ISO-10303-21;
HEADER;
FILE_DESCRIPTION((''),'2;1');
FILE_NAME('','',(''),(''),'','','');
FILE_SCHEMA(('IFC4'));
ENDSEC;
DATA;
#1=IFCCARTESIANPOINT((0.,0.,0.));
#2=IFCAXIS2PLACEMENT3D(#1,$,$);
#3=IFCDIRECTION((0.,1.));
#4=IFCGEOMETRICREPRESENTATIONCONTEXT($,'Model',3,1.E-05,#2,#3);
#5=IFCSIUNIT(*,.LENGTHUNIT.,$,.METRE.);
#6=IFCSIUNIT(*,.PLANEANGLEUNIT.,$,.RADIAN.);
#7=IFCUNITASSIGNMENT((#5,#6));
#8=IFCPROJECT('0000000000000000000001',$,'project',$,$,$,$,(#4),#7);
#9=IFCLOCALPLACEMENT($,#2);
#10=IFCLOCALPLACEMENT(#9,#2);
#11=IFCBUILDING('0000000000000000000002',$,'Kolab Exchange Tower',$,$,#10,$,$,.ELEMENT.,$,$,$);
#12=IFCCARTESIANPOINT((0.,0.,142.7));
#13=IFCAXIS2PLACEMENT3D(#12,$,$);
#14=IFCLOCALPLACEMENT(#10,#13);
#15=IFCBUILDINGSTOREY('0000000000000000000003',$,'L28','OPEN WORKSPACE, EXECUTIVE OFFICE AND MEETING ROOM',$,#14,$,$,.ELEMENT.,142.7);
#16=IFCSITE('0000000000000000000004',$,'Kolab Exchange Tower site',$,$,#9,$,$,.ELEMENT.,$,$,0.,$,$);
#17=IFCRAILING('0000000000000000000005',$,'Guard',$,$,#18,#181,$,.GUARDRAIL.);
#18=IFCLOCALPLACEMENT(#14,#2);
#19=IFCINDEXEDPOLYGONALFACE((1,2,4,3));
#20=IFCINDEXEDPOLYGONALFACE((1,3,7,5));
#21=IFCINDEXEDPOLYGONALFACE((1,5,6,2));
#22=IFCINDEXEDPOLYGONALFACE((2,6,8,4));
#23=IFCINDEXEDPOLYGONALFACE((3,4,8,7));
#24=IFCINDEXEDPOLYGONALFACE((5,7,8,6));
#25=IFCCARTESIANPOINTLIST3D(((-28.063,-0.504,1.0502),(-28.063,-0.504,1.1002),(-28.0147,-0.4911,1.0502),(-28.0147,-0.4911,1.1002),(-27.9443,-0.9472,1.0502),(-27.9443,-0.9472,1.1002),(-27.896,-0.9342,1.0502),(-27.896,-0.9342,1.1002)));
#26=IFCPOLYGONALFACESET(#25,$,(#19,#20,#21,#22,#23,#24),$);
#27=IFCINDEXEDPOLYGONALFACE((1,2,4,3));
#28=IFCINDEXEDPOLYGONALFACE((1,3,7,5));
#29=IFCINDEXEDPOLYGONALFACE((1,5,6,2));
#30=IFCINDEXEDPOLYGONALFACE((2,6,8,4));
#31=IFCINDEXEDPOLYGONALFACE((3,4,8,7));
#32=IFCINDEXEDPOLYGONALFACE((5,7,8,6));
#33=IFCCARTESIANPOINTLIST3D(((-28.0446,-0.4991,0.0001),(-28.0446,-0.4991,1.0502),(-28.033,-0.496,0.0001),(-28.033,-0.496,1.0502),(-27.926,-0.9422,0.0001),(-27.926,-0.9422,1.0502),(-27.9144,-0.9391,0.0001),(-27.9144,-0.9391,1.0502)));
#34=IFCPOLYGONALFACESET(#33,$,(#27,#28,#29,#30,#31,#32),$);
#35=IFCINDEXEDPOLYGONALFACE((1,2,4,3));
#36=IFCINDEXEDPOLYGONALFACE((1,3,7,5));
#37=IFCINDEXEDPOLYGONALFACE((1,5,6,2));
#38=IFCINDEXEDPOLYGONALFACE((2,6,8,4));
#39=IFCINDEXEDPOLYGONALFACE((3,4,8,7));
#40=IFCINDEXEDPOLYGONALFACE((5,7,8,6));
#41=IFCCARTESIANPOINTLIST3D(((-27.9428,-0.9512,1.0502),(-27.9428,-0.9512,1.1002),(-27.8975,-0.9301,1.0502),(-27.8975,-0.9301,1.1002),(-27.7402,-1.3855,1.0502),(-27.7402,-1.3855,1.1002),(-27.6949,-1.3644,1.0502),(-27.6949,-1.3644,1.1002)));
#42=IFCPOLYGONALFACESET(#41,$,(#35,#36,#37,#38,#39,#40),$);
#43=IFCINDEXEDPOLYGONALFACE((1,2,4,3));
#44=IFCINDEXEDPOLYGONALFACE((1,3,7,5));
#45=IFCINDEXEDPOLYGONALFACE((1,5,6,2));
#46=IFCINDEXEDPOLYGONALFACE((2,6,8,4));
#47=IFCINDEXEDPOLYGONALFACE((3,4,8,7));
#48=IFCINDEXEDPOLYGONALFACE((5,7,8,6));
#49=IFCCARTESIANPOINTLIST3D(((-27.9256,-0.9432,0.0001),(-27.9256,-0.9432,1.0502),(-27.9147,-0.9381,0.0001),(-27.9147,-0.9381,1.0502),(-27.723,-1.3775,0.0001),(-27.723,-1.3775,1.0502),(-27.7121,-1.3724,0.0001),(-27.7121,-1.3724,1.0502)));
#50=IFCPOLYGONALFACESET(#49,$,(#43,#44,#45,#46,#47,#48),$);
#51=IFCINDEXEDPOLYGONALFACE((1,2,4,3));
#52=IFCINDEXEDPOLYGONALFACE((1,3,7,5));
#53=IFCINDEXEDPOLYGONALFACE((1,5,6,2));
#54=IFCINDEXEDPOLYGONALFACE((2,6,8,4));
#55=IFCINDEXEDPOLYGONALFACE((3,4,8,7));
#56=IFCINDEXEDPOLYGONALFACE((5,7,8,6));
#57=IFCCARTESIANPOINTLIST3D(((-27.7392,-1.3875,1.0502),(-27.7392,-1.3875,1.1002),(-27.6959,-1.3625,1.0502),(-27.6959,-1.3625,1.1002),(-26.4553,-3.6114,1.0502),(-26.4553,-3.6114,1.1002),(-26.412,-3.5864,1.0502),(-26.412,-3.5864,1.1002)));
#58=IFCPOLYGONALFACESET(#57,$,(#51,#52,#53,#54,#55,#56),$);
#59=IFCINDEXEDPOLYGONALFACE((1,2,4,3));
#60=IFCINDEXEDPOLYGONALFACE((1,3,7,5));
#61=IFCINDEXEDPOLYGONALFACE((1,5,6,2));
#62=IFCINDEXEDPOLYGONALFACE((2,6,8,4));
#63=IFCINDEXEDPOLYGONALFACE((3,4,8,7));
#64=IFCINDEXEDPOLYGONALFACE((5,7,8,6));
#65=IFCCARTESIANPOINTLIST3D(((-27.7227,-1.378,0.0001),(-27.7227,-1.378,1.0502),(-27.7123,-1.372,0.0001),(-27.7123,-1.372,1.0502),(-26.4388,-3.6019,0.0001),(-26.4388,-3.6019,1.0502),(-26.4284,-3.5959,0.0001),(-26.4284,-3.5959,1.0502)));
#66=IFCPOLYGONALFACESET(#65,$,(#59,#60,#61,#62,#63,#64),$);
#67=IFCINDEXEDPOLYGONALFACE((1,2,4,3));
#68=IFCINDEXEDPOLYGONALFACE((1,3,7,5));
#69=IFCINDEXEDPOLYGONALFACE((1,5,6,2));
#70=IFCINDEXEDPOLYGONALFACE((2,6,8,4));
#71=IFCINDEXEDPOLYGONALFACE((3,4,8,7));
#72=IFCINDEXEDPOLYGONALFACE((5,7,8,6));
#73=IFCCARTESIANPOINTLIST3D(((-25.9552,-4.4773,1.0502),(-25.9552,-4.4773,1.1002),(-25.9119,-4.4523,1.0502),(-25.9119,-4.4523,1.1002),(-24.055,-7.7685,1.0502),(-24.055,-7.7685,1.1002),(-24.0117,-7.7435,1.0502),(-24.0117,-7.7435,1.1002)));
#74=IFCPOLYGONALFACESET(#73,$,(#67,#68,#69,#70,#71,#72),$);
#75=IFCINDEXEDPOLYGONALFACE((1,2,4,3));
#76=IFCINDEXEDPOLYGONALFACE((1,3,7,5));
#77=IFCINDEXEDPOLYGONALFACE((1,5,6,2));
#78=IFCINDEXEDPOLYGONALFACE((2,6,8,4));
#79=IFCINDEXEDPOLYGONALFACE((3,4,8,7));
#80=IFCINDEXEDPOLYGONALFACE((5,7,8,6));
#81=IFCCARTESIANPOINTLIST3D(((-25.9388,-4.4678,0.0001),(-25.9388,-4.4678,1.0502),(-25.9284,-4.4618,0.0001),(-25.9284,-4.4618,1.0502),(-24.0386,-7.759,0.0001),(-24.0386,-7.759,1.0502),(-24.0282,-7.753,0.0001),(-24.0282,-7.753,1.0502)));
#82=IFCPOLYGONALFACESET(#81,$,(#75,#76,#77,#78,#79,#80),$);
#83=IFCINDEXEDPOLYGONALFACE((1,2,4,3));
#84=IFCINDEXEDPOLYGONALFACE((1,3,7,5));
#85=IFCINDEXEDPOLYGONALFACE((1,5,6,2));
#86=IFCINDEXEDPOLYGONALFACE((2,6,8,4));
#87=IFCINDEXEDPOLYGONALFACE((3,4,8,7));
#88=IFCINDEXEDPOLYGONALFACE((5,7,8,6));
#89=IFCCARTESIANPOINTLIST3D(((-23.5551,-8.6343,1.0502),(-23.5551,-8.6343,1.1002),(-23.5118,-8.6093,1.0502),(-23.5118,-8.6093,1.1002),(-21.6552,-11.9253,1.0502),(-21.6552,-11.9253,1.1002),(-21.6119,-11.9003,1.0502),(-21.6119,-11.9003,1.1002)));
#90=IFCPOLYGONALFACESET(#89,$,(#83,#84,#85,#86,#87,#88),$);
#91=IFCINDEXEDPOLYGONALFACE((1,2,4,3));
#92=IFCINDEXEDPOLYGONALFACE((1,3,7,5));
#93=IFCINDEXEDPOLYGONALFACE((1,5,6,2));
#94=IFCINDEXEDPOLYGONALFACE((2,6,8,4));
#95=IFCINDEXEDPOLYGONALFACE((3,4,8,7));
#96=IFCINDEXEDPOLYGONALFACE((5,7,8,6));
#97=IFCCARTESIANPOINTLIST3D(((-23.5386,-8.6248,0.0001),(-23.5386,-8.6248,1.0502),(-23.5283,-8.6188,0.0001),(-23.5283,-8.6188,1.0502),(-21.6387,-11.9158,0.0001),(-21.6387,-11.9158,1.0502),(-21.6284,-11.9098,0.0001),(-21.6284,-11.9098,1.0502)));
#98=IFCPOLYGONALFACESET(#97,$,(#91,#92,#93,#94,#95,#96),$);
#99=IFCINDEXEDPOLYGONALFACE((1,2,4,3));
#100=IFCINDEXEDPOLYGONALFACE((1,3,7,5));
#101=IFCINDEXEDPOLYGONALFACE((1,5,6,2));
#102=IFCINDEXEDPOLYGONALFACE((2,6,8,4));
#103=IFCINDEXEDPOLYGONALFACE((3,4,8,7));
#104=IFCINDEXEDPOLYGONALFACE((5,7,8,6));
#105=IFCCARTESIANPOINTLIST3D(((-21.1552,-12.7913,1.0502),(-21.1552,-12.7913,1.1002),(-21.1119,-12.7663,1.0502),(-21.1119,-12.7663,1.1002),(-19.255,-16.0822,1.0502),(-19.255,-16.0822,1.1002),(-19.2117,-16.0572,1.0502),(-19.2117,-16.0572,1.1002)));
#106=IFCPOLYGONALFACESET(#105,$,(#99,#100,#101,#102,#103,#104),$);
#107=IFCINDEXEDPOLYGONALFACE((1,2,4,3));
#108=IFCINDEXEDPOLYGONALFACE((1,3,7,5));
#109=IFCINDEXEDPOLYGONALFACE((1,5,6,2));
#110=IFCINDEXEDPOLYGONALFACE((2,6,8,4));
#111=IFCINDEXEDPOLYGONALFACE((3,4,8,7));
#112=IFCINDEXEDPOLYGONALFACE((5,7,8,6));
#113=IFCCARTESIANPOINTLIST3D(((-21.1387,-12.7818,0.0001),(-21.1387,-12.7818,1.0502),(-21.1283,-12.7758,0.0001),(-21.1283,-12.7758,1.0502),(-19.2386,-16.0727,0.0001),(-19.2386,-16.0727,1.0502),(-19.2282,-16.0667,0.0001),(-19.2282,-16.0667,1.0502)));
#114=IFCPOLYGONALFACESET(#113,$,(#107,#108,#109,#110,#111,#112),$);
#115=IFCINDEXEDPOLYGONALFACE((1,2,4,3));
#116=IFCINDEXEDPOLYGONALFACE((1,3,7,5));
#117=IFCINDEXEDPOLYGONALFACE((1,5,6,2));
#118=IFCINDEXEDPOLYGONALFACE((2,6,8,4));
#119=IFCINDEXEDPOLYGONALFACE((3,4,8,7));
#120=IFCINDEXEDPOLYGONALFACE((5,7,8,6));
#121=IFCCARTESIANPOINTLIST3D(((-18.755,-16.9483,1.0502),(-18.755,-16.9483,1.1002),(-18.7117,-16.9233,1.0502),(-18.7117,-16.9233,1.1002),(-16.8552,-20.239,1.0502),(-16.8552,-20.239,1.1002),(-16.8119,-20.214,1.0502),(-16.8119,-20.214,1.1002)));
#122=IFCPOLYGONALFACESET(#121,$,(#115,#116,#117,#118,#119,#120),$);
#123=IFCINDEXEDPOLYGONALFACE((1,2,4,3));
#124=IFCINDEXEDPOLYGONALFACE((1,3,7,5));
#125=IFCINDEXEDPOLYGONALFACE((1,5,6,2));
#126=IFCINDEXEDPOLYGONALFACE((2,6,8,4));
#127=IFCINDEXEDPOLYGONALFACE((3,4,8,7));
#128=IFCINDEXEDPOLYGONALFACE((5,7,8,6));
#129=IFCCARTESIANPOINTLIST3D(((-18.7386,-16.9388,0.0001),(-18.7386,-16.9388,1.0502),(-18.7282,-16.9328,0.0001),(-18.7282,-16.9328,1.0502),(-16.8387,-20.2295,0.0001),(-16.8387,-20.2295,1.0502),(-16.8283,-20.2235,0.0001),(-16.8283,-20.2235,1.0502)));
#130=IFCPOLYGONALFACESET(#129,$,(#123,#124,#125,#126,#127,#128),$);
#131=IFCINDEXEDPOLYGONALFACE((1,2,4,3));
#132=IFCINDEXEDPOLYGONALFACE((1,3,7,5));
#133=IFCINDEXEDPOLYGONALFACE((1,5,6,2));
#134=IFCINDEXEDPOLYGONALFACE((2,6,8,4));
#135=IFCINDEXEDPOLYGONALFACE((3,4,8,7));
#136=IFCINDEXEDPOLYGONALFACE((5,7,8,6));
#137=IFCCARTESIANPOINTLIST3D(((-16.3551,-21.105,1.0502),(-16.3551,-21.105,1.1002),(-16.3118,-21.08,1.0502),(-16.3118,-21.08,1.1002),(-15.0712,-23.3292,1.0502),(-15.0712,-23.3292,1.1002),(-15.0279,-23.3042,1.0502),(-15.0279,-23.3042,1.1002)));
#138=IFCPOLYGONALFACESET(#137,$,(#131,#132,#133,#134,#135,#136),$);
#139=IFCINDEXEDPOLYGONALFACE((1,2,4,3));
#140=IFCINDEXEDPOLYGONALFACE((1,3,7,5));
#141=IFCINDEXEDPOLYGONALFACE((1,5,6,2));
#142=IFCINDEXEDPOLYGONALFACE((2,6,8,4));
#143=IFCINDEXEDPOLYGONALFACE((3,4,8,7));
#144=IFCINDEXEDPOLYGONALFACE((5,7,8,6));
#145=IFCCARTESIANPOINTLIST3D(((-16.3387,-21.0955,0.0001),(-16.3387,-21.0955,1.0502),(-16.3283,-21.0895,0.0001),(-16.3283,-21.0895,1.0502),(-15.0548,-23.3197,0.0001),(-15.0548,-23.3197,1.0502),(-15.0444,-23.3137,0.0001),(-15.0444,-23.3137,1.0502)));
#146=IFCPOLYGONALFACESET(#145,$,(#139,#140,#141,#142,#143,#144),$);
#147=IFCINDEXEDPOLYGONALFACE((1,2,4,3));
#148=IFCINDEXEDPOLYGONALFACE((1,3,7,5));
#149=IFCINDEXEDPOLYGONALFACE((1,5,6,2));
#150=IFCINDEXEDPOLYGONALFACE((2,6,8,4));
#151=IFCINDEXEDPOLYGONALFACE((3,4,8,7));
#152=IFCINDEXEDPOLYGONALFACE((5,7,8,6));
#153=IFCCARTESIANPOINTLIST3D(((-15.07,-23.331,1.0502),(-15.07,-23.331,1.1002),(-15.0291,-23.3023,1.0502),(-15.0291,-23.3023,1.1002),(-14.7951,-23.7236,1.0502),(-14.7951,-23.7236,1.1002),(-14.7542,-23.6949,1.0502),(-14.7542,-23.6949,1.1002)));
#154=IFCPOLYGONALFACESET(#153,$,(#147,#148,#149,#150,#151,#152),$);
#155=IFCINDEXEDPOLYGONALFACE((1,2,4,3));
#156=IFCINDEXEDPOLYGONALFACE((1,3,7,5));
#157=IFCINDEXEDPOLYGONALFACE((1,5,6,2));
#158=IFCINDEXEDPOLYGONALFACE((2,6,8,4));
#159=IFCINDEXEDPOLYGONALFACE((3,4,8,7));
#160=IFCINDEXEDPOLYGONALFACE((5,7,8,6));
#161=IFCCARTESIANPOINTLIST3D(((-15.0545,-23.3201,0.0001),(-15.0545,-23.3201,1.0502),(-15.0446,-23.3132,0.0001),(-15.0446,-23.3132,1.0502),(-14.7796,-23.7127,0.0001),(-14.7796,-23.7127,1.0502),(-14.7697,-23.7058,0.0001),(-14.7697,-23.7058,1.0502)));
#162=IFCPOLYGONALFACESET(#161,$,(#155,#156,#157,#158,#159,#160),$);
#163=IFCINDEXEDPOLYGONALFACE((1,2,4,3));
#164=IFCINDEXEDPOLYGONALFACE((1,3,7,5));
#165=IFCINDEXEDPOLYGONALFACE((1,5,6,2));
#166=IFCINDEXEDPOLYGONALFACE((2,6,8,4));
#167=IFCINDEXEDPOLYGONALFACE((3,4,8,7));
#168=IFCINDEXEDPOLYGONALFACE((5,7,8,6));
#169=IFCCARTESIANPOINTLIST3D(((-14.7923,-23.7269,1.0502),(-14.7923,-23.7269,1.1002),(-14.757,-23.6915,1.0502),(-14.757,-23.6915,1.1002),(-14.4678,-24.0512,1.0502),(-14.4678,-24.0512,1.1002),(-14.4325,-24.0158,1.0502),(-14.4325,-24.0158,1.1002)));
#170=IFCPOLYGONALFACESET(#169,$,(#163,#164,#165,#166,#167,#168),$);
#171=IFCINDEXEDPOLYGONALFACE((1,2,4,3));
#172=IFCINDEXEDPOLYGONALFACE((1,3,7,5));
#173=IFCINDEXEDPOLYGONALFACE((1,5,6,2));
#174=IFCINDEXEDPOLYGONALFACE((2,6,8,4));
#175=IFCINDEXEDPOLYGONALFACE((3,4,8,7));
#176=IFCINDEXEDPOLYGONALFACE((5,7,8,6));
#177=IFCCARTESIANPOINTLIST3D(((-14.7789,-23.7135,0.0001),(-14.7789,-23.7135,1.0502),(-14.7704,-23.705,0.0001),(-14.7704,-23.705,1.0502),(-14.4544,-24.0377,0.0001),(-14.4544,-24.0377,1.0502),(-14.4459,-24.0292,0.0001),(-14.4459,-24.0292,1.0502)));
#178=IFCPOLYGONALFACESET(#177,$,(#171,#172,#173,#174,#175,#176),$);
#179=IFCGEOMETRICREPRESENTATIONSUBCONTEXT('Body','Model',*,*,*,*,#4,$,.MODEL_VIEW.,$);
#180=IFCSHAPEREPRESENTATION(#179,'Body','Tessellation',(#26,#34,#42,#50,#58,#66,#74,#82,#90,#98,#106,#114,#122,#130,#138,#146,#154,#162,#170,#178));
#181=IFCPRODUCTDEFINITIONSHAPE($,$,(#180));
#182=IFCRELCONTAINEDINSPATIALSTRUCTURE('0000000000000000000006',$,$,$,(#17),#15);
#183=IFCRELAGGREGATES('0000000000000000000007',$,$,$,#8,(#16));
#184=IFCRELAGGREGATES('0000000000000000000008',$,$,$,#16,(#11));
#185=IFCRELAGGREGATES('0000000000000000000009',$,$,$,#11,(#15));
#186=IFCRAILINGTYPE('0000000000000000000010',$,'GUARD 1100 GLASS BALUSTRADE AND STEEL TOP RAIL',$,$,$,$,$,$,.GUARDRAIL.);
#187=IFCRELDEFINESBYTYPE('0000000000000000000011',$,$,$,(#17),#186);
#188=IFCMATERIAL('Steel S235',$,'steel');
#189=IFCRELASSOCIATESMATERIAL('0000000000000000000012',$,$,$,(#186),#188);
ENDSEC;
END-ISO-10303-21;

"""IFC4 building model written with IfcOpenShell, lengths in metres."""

from ifc_helpers import new_model, si_unit, direction, frame, frame_2d, origin, origin_2d, place, context, subcontext, project, spatial, rectangle, extrude, material, type_object, element, save


model = new_model("IFC4")

# Units and contexts
model_context = context("Model", 3, precision=1e-05, world=origin(), true_north=direction((0.0, 1.0)))
body_context = subcontext(model_context, "Body", "Model", "MODEL_VIEW")
ifc_project = project(units=[si_unit("LENGTHUNIT", "METRE"), si_unit("PLANEANGLEUNIT", "RADIAN")], contexts=[model_context])

# Site, building, storey
site_placement = place(None, origin())
site = spatial("IfcSite", under=ifc_project, at=site_placement, Name="Kolab Exchange Tower site", CompositionType="ELEMENT", RefElevation=0.0)
building_placement = place(site_placement, origin())
building = spatial("IfcBuilding", under=site, at=building_placement, Name="Kolab Exchange Tower", CompositionType="ELEMENT")
storey_placement = place(building_placement, frame((0.0, 0.0, 142.7)))
storey = spatial("IfcBuildingStorey", under=building, at=storey_placement, Name="L28", Description="OPEN WORKSPACE, EXECUTIVE OFFICE AND MEETING ROOM", CompositionType="ELEMENT", Elevation=142.7)

# Railing
ifc_material_1 = material(Name="Steel S235", Category="steel")
railing_type = type_object("IfcRailingType", Name="GUARD 1100 GLASS BALUSTRADE AND STEEL TOP RAIL", PredefinedType="GUARDRAIL", material=ifc_material_1)
railing_placement = place(storey_placement, frame((-28.0388, -0.4976, 0.0)))
element("IfcRailing", 1, at=railing_placement, inside=storey, type_object=railing_type, Name="Guard", PredefinedType="GUARDRAIL", context=body_context, shape_type="SweptSolid", body=[
    extrude(rectangle(XDim=0.05, YDim=0.05, at=origin_2d()), frame((0.0, 0.0, 1.0752), z_axis=(0.258656, -0.965969, 0.0), x_axis=(0.965969, 0.258656, 0.0)), (0.0, 0.0, 1.0), 0.4587),
    extrude(rectangle(XDim=0.012, YDim=1.0501, at=frame_2d((0.0, 0.5251))), frame((0.0, 0.0, 0.0), z_axis=(0.258656, -0.965969, 0.0), x_axis=(0.965969, 0.258656, 0.0)), (0.0, 0.0, 1.0), 0.4587),
    extrude(rectangle(XDim=0.05, YDim=0.05, at=origin_2d()), frame((0.1187, -0.4431, 1.0752), z_axis=(0.422802, -0.906222, 0.0), x_axis=(0.906222, 0.422802, 0.0)), (0.0, 0.0, 1.0), 0.4792),
    extrude(rectangle(XDim=0.012, YDim=1.0501, at=frame_2d((0.0, 0.5251))), frame((0.1187, -0.4431, 0.0), z_axis=(0.422802, -0.906222, 0.0), x_axis=(0.906222, 0.422802, 0.0)), (0.0, 0.0, 1.0), 0.4792),
    extrude(rectangle(XDim=0.05, YDim=0.05, at=origin_2d()), frame((0.3213, -0.8774, 1.0752), z_axis=(0.499994, -0.866029, 0.0), x_axis=(0.866029, 0.499994, 0.0)), (0.0, 0.0, 1.0), 2.5679),
    extrude(rectangle(XDim=0.012, YDim=1.0501, at=frame_2d((0.0, 0.5251))), frame((0.3213, -0.8774, 0.0), z_axis=(0.499994, -0.866029, 0.0), x_axis=(0.866029, 0.499994, 0.0)), (0.0, 0.0, 1.0), 2.5679),
    extrude(rectangle(XDim=0.05, YDim=0.05, at=origin_2d()), frame((2.1052, -3.9673, 1.0752), z_axis=(0.500015, -0.866017, 0.0), x_axis=(0.866017, 0.500015, 0.0)), (0.0, 0.0, 1.0), 3.8003),
    extrude(rectangle(XDim=0.012, YDim=1.0501, at=frame_2d((0.0, 0.5251))), frame((2.1052, -3.9673, 0.0), z_axis=(0.500015, -0.866017, 0.0), x_axis=(0.866017, 0.500015, 0.0)), (0.0, 0.0, 1.0), 3.8003),
    extrude(rectangle(XDim=0.05, YDim=0.05, at=origin_2d()), frame((4.5054, -8.1243, 1.0752), z_axis=(0.499967, -0.866044, 0.0), x_axis=(0.866044, 0.499967, 0.0)), (0.0, 0.0, 1.0), 3.8),
    extrude(rectangle(XDim=0.012, YDim=1.0501, at=frame_2d((0.0, 0.5251))), frame((4.5054, -8.1243, 0.0), z_axis=(0.499967, -0.866044, 0.0), x_axis=(0.866044, 0.499967, 0.0)), (0.0, 0.0, 1.0), 3.8),
    extrude(rectangle(XDim=0.05, YDim=0.05, at=origin_2d()), frame((6.9053, -12.2812, 1.0752), z_axis=(0.500043, -0.866, 0.0), x_axis=(0.866, 0.500043, 0.0)), (0.0, 0.0, 1.0), 3.8),
    extrude(rectangle(XDim=0.012, YDim=1.0501, at=frame_2d((0.0, 0.5251))), frame((6.9053, -12.2812, 0.0), z_axis=(0.500043, -0.866, 0.0), x_axis=(0.866, 0.500043, 0.0)), (0.0, 0.0, 1.0), 3.8),
    extrude(rectangle(XDim=0.05, YDim=0.05, at=origin_2d()), frame((9.3054, -16.4382, 1.0752), z_axis=(0.499995, -0.866028, 0.0), x_axis=(0.866028, 0.499995, 0.0)), (0.0, 0.0, 1.0), 3.7998),
    extrude(rectangle(XDim=0.012, YDim=1.0501, at=frame_2d((0.0, 0.5251))), frame((9.3054, -16.4382, 0.0), z_axis=(0.499995, -0.866028, 0.0), x_axis=(0.866028, 0.499995, 0.0)), (0.0, 0.0, 1.0), 3.7998),
    extrude(rectangle(XDim=0.05, YDim=0.05, at=origin_2d()), frame((11.7053, -20.595, 1.0752), z_axis=(0.499953, -0.866053, 0.0), x_axis=(0.866053, 0.499953, 0.0)), (0.0, 0.0, 1.0), 2.5681),
    extrude(rectangle(XDim=0.012, YDim=1.0501, at=frame_2d((0.0, 0.5251))), frame((11.7053, -20.595, 0.0), z_axis=(0.499953, -0.866053, 0.0), x_axis=(0.866053, 0.499953, 0.0)), (0.0, 0.0, 1.0), 2.5681),
    extrude(rectangle(XDim=0.05, YDim=0.05, at=origin_2d()), frame((12.9893, -22.8191, 1.0752), z_axis=(0.573599, -0.819136, 0.0), x_axis=(0.819136, 0.573599, 0.0)), (0.0, 0.0, 1.0), 0.4792),
    extrude(rectangle(XDim=0.012, YDim=1.0501, at=frame_2d((0.0, 0.5251))), frame((12.9893, -22.8191, 0.0), z_axis=(0.573599, -0.819136, 0.0), x_axis=(0.819136, 0.573599, 0.0)), (0.0, 0.0, 1.0), 0.4792),
    extrude(rectangle(XDim=0.05, YDim=0.05, at=origin_2d()), frame((13.2642, -23.2117, 1.0752), z_axis=(0.707373, -0.706841, 0.0), x_axis=(0.706841, 0.707373, 0.0)), (0.0, 0.0, 1.0), 0.4587),
    extrude(rectangle(XDim=0.012, YDim=1.0501, at=frame_2d((0.0, 0.5251))), frame((13.2642, -23.2117, 0.0), z_axis=(0.707373, -0.706841, 0.0), x_axis=(0.706841, 0.707373, 0.0)), (0.0, 0.0, 1.0), 0.4587),
])

save(model, "model.ifc")
